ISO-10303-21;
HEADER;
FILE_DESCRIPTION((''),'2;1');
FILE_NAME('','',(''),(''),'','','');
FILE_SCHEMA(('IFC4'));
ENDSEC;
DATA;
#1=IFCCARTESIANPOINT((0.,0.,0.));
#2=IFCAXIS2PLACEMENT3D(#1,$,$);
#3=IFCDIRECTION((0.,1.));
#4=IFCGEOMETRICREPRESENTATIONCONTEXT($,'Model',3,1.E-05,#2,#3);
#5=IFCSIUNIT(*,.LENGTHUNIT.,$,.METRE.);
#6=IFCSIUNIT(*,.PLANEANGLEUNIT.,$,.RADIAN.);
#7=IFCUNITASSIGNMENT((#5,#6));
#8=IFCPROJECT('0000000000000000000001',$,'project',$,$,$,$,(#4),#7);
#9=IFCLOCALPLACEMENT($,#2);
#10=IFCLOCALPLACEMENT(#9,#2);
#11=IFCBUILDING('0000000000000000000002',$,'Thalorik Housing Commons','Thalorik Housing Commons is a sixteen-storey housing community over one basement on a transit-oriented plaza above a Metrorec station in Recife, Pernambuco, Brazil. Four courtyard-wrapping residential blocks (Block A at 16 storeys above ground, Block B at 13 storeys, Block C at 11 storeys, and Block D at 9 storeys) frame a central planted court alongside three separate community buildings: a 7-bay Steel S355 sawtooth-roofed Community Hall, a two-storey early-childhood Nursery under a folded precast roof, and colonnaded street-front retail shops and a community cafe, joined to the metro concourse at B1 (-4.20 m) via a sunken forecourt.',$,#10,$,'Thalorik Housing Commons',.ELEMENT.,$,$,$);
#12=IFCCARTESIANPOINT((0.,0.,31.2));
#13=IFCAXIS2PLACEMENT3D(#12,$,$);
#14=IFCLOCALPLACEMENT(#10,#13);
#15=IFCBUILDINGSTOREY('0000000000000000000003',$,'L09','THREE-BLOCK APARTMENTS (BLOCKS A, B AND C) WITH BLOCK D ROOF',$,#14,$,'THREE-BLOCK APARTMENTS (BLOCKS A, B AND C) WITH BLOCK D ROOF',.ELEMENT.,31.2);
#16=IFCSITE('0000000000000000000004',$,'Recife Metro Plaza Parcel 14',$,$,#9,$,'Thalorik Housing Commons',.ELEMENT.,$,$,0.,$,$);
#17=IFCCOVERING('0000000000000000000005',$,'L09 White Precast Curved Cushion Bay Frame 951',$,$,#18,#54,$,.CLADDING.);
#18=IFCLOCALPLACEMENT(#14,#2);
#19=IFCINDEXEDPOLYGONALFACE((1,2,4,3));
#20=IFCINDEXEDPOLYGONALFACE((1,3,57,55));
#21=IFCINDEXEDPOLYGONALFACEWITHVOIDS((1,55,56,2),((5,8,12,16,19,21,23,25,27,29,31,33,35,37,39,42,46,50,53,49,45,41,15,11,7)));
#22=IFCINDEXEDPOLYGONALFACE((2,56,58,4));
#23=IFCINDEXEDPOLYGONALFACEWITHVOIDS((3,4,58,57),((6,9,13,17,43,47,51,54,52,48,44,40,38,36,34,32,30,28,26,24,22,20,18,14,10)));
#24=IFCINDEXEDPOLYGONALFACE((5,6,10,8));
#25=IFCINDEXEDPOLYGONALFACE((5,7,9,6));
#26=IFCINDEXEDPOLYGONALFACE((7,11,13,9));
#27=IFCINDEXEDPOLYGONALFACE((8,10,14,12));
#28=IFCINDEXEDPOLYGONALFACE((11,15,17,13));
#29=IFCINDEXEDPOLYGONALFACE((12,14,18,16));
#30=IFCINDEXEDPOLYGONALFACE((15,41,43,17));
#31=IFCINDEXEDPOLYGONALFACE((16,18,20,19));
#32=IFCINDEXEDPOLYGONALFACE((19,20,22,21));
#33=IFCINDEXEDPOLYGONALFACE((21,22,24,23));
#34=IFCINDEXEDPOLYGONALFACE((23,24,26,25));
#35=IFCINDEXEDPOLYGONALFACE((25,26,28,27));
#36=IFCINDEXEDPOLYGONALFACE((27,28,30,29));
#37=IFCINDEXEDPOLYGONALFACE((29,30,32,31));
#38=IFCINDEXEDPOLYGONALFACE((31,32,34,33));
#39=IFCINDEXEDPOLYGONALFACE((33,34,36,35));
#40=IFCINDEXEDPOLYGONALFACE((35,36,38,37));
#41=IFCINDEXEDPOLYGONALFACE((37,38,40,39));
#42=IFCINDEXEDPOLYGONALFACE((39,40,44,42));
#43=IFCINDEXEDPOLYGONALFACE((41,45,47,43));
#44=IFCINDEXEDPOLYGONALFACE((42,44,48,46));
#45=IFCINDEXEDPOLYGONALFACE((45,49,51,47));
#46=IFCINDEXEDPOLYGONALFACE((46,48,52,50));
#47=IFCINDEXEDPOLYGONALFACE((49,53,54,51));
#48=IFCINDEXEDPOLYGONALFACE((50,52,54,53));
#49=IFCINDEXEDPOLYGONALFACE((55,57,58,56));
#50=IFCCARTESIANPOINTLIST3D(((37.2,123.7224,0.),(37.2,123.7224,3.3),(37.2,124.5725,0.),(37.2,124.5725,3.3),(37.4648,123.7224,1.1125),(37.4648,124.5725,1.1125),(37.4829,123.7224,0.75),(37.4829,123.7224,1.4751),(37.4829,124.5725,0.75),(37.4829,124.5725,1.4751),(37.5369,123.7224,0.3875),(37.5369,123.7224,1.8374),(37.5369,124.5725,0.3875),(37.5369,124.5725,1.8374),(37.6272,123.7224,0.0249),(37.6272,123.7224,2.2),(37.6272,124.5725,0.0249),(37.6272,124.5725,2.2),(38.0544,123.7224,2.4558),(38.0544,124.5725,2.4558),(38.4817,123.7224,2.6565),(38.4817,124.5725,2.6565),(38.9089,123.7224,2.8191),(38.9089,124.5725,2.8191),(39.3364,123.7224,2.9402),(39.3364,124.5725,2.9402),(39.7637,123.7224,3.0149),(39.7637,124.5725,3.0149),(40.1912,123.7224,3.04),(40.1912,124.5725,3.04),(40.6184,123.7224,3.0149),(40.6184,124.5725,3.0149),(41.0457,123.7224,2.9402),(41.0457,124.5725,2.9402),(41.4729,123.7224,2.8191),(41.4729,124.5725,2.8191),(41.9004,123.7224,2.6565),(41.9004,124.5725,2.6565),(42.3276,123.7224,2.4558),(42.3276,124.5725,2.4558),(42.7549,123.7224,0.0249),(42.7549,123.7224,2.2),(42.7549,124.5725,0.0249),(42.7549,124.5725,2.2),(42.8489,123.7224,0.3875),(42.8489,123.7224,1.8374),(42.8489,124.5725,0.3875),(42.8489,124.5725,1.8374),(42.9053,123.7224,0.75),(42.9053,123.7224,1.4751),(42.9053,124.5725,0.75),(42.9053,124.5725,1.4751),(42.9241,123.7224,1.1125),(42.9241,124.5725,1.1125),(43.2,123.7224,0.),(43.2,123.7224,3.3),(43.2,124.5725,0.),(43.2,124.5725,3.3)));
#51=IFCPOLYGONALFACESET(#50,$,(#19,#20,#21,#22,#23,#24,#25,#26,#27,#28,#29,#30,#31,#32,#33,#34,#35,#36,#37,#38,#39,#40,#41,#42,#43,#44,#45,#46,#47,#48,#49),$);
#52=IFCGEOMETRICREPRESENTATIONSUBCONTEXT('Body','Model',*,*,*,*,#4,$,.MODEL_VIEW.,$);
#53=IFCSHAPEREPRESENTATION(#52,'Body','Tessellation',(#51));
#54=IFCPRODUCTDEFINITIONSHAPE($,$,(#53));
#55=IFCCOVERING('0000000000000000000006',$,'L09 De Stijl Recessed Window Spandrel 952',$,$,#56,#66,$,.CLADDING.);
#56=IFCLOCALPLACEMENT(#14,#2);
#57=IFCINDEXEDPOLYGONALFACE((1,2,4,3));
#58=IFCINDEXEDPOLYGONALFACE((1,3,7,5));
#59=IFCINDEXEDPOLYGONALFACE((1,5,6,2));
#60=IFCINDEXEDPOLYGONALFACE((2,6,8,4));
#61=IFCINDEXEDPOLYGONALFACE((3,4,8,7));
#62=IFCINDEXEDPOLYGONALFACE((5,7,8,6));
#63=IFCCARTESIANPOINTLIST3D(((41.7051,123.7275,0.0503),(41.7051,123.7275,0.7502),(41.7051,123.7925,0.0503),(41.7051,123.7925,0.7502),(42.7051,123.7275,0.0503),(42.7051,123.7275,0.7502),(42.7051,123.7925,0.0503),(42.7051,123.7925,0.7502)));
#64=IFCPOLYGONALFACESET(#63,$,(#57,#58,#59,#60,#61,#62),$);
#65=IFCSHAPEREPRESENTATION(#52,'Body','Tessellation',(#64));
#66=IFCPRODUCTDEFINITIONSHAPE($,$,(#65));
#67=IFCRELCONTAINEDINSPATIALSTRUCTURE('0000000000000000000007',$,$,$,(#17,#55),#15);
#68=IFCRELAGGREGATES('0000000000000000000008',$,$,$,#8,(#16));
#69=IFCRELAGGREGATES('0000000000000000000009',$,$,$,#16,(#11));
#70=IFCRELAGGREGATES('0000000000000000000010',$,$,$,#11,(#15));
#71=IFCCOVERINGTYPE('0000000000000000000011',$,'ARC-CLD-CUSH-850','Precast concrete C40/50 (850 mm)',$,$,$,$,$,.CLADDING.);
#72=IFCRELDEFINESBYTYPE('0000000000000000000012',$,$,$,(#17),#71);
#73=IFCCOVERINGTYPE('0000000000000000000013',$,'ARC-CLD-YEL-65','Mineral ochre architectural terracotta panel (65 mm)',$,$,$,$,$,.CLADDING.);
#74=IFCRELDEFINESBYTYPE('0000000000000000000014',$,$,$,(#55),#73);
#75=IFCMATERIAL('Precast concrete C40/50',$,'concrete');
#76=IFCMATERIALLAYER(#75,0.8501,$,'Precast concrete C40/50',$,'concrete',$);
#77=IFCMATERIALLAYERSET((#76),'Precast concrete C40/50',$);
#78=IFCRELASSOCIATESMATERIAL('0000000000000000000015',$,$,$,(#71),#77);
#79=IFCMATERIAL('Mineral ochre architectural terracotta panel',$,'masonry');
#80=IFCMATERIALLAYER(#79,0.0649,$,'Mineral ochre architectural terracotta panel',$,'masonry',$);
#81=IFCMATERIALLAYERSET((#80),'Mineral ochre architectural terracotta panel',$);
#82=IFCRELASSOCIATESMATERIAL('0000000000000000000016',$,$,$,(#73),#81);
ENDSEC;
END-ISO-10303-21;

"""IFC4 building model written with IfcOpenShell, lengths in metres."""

from ifc_helpers import new_model, si_unit, direction, frame, origin, origin_2d, place, context, subcontext, project, spatial, polyline, rectangle, outline, extrude, material, layer, layer_set, type_object, element, save


model = new_model("IFC4")

# Units and contexts
model_context = context("Model", 3, precision=1e-05, world=origin(), true_north=direction((0.0, 1.0)))
body_context = subcontext(model_context, "Body", "Model", "MODEL_VIEW")
ifc_project = project(units=[si_unit("LENGTHUNIT", "METRE"), si_unit("PLANEANGLEUNIT", "RADIAN")], contexts=[model_context])

# Site, building, storey
site_placement = place(None, origin())
site = spatial("IfcSite", under=ifc_project, at=site_placement, Name="Recife Metro Plaza Parcel 14", LongName="Thalorik Housing Commons", CompositionType="ELEMENT", RefElevation=0.0)
building_placement = place(site_placement, origin())
building = spatial("IfcBuilding", under=site, at=building_placement, Name="Thalorik Housing Commons", Description="Thalorik Housing Commons is a sixteen-storey housing community over one basement on a transit-oriented plaza above a Metrorec station in Recife, Pernambuco, Brazil. Four courtyard-wrapping residential blocks (Block A at 16 storeys above ground, Block B at 13 storeys, Block C at 11 storeys, and Block D at 9 storeys) frame a central planted court alongside three separate community buildings: a 7-bay Steel S355 sawtooth-roofed Community Hall, a two-storey early-childhood Nursery under a folded precast roof, and colonnaded street-front retail shops and a community cafe, joined to the metro concourse at B1 (-4.20 m) via a sunken forecourt.", LongName="Thalorik Housing Commons", CompositionType="ELEMENT")
storey_placement = place(building_placement, frame((0.0, 0.0, 31.2)))
storey = spatial("IfcBuildingStorey", under=building, at=storey_placement, Name="L09", Description="THREE-BLOCK APARTMENTS (BLOCKS A, B AND C) WITH BLOCK D ROOF", LongName="THREE-BLOCK APARTMENTS (BLOCKS A, B AND C) WITH BLOCK D ROOF", CompositionType="ELEMENT", Elevation=31.2)

# Shared definitions
ifc_material_1 = material(Name="Precast concrete C40/50", Category="concrete")

# Coverings
ifc_layer_1 = layer(ifc_material_1, 0.8501, Name="Precast concrete C40/50", Category="concrete")
ifc_layer_set_1 = layer_set([ifc_layer_1], Name="Precast concrete C40/50")
covering_type_1 = type_object("IfcCoveringType", Name="ARC-CLD-CUSH-850", Description="Precast concrete C40/50 (850 mm)", PredefinedType="CLADDING", material=ifc_layer_set_1)
covering_1_placement = place(storey_placement, frame((40.2, 124.1475, 0.0), z_axis=(0.0, 0.0, 1.0), x_axis=(-1.0, 0.0, 0.0)))
element("IfcCovering", 1, at=covering_1_placement, inside=storey, type_object=covering_type_1, Name="L09 White Precast Curved Cushion Bay Frame 951", PredefinedType="CLADDING", context=body_context, shape_type="SweptSolid", body=[
    extrude(outline(polyline([(-3.0, 0.0), (3.0, 0.0), (3.0, 3.3), (-3.0, 3.3), (-3.0, 0.0)]), holes=[polyline([(2.5728, 0.0249), (2.6631, 0.3875), (2.717, 0.75), (2.7351, 1.1125), (2.717, 1.4751), (2.6631, 1.8374), (2.5728, 2.2), (2.1455, 2.4558), (1.7183, 2.6565), (1.291, 2.8191), (0.8635, 2.9402), (0.4363, 3.0149), (0.0088, 3.04), (-0.4185, 3.0149), (-0.8457, 2.9402), (-1.2729, 2.8191), (-1.7004, 2.6565), (-2.1277, 2.4558), (-2.5549, 2.2), (-2.6489, 1.8374), (-2.7053, 1.4751), (-2.7241, 1.1125), (-2.7053, 0.75), (-2.6489, 0.3875), (-2.5549, 0.0249), (2.5728, 0.0249)])]), frame((0.0, 0.425, 0.0), z_axis=(0.0, -1.0, 0.0), x_axis=(1.0, 0.0, 0.0)), (0.0, 0.0, 1.0), 0.8501),
])
ifc_material_2 = material(Name="Mineral ochre architectural terracotta panel", Category="masonry")
ifc_layer_2 = layer(ifc_material_2, 0.0649, Name="Mineral ochre architectural terracotta panel", Category="masonry")
ifc_layer_set_2 = layer_set([ifc_layer_2], Name="Mineral ochre architectural terracotta panel")
covering_type_2 = type_object("IfcCoveringType", Name="ARC-CLD-YEL-65", Description="Mineral ochre architectural terracotta panel (65 mm)", PredefinedType="CLADDING", material=ifc_layer_set_2)
covering_2_placement = place(storey_placement, frame((42.2051, 123.76, 0.0503), z_axis=(0.0, 0.0, 1.0), x_axis=(-1.0, 0.0, 0.0)))
element("IfcCovering", 2, at=covering_2_placement, inside=storey, type_object=covering_type_2, Name="L09 De Stijl Recessed Window Spandrel 952", PredefinedType="CLADDING", context=body_context, shape_type="SweptSolid", body=[
    extrude(rectangle(XDim=1.0, YDim=0.0649, at=origin_2d()), origin(), (0.0, 0.0, 1.0), 0.7),
])

save(model, "model.ifc")
